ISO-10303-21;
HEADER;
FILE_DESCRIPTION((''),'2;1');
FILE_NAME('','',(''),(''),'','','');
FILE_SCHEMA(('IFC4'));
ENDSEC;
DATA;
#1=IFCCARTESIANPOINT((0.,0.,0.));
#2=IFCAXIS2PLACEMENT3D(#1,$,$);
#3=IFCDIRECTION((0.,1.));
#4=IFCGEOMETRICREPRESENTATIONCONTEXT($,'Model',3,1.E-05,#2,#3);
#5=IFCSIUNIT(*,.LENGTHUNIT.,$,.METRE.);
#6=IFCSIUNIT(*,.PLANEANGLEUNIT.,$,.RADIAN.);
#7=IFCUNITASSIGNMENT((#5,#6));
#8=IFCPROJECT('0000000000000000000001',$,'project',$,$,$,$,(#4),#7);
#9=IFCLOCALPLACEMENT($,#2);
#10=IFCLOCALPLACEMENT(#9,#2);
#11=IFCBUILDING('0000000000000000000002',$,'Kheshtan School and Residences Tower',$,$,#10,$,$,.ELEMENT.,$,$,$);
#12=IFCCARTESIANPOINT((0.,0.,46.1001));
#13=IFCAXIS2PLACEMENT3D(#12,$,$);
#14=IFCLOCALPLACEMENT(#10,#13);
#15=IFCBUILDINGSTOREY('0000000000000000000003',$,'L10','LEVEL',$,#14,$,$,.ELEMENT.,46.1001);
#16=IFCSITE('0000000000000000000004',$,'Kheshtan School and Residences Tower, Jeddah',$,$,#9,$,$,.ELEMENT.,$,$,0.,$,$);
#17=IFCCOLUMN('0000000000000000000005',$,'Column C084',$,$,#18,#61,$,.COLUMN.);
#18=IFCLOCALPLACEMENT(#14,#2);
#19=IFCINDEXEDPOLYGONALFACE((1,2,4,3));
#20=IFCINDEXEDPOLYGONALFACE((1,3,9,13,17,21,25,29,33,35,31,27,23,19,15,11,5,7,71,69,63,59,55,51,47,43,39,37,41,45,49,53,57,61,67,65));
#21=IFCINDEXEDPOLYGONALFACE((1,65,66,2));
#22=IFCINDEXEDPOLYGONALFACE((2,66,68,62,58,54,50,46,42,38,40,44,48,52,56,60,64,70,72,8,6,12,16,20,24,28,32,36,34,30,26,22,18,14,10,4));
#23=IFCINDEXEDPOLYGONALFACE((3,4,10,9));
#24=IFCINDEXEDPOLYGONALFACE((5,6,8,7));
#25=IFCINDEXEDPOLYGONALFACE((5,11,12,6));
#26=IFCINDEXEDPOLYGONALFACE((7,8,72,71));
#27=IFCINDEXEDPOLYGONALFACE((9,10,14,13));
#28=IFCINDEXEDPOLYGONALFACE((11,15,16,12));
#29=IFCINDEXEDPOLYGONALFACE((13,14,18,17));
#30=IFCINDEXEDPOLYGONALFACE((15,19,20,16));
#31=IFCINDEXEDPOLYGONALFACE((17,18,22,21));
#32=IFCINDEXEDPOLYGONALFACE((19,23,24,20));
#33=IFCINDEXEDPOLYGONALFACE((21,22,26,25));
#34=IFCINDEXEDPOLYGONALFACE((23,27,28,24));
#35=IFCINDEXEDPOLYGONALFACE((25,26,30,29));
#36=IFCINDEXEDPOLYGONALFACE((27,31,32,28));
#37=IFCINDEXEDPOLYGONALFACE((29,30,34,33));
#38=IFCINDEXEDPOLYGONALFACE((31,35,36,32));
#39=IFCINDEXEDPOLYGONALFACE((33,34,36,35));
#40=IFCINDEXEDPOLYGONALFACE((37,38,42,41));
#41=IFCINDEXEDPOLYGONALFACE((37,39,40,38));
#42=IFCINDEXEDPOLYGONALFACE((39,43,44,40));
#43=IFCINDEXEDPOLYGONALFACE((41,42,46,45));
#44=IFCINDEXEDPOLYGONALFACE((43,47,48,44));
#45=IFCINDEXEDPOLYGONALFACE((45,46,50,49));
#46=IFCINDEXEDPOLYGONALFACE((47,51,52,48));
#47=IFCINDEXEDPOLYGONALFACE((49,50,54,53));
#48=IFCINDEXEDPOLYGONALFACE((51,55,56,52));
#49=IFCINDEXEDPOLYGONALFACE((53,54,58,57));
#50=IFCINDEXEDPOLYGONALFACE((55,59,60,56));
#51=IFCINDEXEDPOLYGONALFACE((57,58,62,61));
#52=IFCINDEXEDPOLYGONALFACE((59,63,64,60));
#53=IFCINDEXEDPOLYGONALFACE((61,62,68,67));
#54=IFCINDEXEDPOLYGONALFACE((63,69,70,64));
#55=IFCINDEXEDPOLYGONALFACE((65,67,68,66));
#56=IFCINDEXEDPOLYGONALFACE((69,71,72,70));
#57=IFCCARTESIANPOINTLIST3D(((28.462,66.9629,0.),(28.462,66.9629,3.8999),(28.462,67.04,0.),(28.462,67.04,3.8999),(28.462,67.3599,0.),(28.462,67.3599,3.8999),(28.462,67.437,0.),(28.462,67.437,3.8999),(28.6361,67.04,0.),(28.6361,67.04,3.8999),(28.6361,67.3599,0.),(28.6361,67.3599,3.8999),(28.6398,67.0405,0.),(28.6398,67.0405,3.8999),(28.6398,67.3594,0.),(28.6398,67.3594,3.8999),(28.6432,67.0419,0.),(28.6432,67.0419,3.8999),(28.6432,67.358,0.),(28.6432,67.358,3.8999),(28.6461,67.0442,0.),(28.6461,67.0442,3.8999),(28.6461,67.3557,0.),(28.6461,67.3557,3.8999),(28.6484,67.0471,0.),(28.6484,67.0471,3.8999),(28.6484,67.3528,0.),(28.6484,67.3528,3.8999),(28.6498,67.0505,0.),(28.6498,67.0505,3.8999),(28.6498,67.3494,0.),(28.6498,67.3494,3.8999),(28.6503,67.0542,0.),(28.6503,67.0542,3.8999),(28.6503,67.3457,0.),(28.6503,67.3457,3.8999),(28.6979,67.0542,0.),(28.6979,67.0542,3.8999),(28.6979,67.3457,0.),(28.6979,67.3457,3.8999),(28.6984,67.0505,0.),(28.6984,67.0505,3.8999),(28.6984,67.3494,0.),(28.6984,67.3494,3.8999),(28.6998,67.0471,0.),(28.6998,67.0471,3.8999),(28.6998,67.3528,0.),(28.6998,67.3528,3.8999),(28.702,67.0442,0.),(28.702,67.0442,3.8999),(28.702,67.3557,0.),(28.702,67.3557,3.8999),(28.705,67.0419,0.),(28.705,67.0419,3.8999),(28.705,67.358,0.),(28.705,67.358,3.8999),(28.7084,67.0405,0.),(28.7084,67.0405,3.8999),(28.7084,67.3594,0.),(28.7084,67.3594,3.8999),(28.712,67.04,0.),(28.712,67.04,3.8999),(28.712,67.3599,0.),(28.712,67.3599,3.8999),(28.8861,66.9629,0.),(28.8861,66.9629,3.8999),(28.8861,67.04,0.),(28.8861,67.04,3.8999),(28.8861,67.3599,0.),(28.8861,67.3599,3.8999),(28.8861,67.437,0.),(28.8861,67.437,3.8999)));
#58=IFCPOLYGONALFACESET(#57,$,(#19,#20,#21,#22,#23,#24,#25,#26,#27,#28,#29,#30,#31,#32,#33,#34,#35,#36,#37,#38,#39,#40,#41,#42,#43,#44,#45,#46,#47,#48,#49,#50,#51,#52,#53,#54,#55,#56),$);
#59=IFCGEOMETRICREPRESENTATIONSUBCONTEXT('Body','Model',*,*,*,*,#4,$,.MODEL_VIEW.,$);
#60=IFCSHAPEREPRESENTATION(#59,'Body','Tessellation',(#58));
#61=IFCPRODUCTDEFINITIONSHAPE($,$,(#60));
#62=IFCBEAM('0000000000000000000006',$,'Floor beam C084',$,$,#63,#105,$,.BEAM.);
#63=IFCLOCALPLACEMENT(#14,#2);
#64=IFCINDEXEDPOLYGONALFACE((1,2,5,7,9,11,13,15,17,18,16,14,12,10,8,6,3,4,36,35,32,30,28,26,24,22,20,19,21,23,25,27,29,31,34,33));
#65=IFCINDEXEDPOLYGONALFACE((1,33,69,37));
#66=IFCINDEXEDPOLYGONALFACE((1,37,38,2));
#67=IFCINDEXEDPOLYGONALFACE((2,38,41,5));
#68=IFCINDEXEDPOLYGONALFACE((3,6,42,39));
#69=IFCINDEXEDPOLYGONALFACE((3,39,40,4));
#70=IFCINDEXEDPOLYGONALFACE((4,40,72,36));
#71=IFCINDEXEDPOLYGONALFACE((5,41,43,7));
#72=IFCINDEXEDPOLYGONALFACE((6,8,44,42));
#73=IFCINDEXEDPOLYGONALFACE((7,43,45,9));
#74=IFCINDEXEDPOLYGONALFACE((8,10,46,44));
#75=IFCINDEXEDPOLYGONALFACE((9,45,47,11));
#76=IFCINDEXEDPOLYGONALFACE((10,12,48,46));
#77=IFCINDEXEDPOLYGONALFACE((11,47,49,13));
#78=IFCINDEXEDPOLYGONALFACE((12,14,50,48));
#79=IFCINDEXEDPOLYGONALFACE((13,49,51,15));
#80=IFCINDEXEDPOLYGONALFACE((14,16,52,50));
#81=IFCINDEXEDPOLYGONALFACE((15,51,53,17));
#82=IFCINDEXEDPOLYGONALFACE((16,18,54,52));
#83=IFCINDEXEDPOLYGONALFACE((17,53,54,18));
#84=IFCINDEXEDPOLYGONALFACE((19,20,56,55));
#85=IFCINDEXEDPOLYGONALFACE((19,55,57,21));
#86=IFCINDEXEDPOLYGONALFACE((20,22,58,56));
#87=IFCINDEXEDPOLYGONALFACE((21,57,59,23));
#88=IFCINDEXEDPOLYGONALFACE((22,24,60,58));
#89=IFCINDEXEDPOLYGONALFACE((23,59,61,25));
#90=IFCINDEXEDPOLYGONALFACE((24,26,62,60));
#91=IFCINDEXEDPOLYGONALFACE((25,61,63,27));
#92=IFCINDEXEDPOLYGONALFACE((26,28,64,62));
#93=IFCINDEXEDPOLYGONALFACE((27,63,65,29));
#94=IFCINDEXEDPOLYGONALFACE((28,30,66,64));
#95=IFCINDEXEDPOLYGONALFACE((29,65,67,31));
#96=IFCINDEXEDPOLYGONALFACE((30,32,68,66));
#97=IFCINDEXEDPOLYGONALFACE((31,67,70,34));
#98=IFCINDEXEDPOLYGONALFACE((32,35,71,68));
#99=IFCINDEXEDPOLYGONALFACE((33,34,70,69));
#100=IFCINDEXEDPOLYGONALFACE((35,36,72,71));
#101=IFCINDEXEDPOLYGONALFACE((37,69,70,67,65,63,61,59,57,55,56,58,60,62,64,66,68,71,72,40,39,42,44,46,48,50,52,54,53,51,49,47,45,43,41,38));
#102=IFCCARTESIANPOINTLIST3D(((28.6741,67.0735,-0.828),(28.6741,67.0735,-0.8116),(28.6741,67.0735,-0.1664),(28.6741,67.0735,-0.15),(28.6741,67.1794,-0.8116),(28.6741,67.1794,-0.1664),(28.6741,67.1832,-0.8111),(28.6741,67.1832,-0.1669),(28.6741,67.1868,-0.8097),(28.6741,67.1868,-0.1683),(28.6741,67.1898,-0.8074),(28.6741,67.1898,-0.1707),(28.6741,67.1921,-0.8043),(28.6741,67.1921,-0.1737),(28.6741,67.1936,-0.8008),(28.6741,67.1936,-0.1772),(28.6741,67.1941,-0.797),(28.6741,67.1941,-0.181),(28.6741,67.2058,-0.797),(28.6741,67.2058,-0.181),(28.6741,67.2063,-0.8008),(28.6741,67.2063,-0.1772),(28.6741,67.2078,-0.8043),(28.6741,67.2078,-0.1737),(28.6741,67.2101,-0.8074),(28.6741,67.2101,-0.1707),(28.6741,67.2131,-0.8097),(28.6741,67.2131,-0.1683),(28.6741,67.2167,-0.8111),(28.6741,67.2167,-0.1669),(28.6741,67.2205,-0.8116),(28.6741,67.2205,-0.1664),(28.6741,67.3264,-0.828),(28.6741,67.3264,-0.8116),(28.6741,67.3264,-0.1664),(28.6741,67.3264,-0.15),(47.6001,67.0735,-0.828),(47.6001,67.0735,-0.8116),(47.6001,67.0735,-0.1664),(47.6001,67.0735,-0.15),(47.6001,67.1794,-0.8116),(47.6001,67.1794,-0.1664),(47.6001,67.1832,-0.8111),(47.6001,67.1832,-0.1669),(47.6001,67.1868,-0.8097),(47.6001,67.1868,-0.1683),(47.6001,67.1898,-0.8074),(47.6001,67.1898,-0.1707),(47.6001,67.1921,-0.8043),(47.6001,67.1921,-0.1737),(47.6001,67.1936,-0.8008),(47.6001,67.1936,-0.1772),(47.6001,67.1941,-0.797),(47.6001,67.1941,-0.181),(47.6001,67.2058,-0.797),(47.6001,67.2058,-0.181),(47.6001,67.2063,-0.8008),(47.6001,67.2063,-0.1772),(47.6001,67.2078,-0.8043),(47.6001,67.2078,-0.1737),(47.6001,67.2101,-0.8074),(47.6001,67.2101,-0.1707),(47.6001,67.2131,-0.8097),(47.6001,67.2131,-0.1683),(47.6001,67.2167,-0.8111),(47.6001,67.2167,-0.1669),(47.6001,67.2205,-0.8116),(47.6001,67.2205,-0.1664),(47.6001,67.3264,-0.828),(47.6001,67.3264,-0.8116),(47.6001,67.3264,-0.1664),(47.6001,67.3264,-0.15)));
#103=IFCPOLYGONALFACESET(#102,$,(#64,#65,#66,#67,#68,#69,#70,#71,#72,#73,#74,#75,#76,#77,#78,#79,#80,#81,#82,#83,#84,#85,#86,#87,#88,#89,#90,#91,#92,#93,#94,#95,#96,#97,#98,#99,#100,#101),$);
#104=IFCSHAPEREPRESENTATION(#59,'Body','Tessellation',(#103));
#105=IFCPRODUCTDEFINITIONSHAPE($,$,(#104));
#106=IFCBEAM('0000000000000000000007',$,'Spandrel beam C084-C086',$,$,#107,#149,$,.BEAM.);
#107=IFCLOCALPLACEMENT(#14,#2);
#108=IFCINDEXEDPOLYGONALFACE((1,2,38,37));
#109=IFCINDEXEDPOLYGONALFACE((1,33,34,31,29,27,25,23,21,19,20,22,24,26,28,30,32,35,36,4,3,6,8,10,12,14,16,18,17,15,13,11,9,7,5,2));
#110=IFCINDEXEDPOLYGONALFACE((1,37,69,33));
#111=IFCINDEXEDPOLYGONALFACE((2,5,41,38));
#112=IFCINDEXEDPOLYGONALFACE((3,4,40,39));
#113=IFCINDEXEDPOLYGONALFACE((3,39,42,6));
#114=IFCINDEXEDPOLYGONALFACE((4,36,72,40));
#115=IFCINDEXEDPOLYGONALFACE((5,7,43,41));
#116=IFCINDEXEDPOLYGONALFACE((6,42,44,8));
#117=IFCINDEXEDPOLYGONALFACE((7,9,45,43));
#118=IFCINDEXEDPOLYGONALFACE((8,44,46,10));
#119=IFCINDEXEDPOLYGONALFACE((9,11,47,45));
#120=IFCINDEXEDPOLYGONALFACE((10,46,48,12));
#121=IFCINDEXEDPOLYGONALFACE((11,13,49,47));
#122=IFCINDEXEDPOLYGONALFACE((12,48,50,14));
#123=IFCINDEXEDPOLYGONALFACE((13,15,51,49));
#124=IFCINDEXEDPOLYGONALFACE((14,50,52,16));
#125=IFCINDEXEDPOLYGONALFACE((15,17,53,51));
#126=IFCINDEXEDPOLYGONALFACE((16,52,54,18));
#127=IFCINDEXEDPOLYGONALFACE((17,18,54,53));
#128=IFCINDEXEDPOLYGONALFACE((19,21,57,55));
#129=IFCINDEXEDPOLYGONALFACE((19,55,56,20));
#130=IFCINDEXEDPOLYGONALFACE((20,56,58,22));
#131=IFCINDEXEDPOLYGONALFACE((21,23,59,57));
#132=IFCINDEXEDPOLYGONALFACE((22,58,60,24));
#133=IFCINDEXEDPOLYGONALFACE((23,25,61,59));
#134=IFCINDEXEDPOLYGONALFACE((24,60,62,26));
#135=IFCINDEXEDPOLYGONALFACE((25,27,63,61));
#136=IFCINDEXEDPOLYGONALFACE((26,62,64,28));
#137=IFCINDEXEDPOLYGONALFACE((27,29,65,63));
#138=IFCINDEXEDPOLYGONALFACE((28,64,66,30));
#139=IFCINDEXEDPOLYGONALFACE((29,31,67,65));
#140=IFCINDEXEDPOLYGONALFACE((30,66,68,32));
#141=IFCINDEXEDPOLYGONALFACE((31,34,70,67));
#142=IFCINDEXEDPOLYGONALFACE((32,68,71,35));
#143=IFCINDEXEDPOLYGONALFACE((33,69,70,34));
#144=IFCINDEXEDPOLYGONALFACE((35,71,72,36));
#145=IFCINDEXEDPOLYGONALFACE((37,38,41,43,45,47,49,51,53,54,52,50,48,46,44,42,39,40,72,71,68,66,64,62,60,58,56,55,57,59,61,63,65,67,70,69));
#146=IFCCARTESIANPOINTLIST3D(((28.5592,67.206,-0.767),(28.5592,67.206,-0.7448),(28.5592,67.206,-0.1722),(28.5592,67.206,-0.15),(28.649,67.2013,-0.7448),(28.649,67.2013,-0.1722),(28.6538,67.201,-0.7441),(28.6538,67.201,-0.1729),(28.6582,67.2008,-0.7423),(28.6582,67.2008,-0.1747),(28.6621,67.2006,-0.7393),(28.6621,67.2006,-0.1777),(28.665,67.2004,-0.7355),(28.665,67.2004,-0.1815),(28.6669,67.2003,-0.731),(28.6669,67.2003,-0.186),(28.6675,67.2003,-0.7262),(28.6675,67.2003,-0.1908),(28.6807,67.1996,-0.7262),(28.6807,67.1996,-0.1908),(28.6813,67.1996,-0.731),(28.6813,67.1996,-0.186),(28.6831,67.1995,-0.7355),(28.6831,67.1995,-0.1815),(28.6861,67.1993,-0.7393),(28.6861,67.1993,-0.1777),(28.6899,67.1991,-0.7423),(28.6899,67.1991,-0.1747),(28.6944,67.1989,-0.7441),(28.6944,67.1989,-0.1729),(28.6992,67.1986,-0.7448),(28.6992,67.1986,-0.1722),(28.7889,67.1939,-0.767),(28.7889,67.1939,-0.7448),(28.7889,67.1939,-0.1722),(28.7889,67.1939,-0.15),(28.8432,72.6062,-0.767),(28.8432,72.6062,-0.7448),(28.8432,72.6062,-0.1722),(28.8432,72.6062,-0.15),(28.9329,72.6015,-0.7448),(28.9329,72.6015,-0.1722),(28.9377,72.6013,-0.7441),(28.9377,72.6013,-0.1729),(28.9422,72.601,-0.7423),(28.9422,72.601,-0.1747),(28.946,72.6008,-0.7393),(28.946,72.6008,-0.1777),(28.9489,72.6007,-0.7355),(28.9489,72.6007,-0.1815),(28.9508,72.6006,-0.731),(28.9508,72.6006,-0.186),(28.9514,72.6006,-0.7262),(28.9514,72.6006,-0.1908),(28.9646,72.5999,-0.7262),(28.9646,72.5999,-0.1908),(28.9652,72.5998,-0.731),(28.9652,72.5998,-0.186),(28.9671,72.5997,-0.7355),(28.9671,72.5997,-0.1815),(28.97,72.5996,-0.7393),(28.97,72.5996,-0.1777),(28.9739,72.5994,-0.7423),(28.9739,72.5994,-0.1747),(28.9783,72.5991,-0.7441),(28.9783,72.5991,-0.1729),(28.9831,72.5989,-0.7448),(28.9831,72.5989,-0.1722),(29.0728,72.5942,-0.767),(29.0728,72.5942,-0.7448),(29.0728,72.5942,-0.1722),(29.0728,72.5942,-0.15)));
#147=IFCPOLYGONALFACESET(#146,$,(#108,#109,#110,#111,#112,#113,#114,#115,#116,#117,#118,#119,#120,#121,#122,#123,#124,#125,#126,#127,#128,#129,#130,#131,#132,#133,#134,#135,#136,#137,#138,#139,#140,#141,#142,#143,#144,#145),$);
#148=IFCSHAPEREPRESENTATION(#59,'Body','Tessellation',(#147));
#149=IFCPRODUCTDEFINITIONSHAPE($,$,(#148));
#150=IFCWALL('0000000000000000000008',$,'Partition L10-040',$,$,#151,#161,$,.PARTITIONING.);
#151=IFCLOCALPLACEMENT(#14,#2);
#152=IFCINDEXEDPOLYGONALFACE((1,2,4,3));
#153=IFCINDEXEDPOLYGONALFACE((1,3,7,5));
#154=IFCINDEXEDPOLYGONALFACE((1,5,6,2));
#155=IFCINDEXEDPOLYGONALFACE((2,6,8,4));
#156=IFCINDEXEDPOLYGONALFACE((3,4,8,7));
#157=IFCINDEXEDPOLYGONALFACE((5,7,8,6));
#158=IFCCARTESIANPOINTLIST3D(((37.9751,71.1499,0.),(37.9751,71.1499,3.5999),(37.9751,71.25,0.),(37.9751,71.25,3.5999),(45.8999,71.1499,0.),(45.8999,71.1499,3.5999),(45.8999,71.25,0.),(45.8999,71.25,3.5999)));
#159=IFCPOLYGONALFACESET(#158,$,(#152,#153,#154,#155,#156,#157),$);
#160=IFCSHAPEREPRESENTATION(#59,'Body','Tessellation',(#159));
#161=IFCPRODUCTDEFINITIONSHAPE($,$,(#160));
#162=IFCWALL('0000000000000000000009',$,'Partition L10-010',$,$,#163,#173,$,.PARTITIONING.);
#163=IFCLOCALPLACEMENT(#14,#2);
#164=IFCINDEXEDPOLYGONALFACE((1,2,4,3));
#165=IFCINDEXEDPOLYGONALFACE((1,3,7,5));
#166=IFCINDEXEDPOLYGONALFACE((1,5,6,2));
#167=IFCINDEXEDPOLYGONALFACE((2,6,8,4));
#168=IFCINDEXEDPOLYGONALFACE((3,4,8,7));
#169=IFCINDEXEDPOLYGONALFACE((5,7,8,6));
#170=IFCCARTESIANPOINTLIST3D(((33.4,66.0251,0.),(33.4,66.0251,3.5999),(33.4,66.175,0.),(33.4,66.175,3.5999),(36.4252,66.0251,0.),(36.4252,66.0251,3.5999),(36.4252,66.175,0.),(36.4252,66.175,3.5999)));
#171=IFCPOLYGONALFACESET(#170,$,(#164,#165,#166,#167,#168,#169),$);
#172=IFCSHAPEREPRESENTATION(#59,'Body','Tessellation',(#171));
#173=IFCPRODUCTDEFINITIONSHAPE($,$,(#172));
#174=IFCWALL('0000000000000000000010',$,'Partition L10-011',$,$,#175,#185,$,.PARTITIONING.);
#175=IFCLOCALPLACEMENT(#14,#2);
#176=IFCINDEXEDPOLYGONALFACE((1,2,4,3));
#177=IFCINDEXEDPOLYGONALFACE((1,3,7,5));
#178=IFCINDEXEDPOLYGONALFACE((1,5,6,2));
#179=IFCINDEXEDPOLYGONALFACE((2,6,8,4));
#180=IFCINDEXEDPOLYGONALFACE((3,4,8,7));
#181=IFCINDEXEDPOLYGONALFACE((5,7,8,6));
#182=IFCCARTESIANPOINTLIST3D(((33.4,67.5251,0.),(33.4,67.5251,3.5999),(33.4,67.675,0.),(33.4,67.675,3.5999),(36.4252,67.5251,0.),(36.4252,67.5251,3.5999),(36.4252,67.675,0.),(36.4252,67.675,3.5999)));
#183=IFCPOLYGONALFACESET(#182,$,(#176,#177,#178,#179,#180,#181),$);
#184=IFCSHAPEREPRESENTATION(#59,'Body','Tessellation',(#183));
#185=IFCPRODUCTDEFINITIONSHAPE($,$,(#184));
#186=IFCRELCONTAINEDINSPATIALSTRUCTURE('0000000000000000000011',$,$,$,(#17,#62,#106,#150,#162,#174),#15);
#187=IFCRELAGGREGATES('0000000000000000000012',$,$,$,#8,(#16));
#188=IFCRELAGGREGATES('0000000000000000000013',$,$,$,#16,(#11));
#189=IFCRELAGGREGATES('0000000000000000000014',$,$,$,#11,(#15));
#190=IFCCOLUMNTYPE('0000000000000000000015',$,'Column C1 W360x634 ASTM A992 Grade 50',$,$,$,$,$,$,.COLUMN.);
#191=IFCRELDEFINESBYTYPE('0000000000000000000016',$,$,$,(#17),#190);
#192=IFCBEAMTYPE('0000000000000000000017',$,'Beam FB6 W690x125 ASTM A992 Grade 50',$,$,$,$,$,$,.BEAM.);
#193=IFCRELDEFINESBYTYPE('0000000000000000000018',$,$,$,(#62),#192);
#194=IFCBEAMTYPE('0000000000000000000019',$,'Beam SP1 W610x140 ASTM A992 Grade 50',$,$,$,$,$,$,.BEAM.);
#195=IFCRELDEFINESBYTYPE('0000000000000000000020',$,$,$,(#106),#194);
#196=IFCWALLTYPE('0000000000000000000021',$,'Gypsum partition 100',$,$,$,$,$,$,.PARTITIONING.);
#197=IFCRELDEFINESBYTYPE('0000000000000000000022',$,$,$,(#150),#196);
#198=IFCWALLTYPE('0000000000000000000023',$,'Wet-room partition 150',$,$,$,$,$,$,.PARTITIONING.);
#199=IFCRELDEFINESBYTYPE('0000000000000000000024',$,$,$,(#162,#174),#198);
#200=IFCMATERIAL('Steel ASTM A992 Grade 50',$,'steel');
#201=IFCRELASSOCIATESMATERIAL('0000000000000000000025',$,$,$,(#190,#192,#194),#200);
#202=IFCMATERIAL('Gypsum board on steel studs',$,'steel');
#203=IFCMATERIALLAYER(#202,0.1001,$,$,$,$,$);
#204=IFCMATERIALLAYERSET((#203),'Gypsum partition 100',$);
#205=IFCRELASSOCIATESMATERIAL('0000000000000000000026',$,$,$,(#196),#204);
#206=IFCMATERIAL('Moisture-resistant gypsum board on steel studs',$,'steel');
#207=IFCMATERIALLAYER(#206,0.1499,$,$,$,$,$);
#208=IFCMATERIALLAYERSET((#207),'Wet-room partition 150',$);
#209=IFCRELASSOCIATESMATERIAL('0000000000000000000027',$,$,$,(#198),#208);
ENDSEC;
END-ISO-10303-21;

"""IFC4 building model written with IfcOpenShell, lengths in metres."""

from ifc_helpers import new_model, si_unit, direction, frame, frame_2d, origin, origin_2d, place, context, subcontext, project, spatial, rectangle, i_section, extrude, material, layer, layer_set, material_profile, profile_set, type_object, element, save


model = new_model("IFC4")

# Units and contexts
model_context = context("Model", 3, precision=1e-05, world=origin(), true_north=direction((0.0, 1.0)))
body_context = subcontext(model_context, "Body", "Model", "MODEL_VIEW")
ifc_project = project(units=[si_unit("LENGTHUNIT", "METRE"), si_unit("PLANEANGLEUNIT", "RADIAN")], contexts=[model_context])

# Site, building, storey
site_placement = place(None, origin())
site = spatial("IfcSite", under=ifc_project, at=site_placement, Name="Kheshtan School and Residences Tower, Jeddah", CompositionType="ELEMENT", RefElevation=0.0)
building_placement = place(site_placement, origin())
building = spatial("IfcBuilding", under=site, at=building_placement, Name="Kheshtan School and Residences Tower", CompositionType="ELEMENT")
storey_placement = place(building_placement, frame((0.0, 0.0, 46.1001)))
storey = spatial("IfcBuildingStorey", under=building, at=storey_placement, Name="L10", Description="LEVEL", CompositionType="ELEMENT", Elevation=46.1001)

# Column
ifc_material_1 = material(Name="Steel ASTM A992 Grade 50", Category="steel")
ifc_material_profile_1 = material_profile(ifc_material_1, i_section(OverallWidth=0.4241, OverallDepth=0.4741, WebThickness=0.0476, FlangeThickness=0.0771, FilletRadius=0.0142, at=origin_2d()), Name="W360x634")
ifc_profile_set_1 = profile_set([ifc_material_profile_1], Name="Steel ASTM A992 Grade 50")
column_type = type_object("IfcColumnType", Name="Column C1 W360x634 ASTM A992 Grade 50", PredefinedType="COLUMN", material=ifc_profile_set_1)
column_placement = place(storey_placement, frame((28.6741, 67.2, 0.0), z_axis=(0.0, 0.0, 1.0), x_axis=(1.0, 0.0, 0.0)))
element("IfcColumn", 1, at=column_placement, inside=storey, type_object=column_type, Name="Column C084", PredefinedType="COLUMN", context=body_context, shape_type="SweptSolid", body=[
    extrude(i_section(OverallWidth=0.4241, OverallDepth=0.4741, WebThickness=0.0476, FlangeThickness=0.0771, FilletRadius=0.0142, at=origin_2d()), origin(), (0.0, 0.0, 1.0), 3.8999),
])

# Beams
ifc_material_profile_2 = material_profile(ifc_material_1, i_section(OverallWidth=0.2529, OverallDepth=0.678, WebThickness=0.0117, FlangeThickness=0.0164, FilletRadius=0.0146, at=origin_2d()), Name="W690x125")
ifc_profile_set_2 = profile_set([ifc_material_profile_2], Name="Steel ASTM A992 Grade 50")
beam_type_1 = type_object("IfcBeamType", Name="Beam FB6 W690x125 ASTM A992 Grade 50", PredefinedType="BEAM", material=ifc_profile_set_2)
beam_1_placement = place(storey_placement, frame((28.6741, 67.2, -0.489), z_axis=(1.0, 0.0, 0.0), x_axis=(0.0, 1.0, 0.0)))
element("IfcBeam", 2, at=beam_1_placement, inside=storey, type_object=beam_type_1, Name="Floor beam C084", PredefinedType="BEAM", context=body_context, shape_type="SweptSolid", body=[
    extrude(i_section(OverallWidth=0.2529, OverallDepth=0.678, WebThickness=0.0117, FlangeThickness=0.0164, FilletRadius=0.0146, at=origin_2d()), origin(), (0.0, 0.0, 1.0), 18.926),
])
ifc_material_profile_3 = material_profile(ifc_material_1, i_section(OverallWidth=0.23, OverallDepth=0.6169, WebThickness=0.0132, FlangeThickness=0.0222, FilletRadius=0.0186, at=origin_2d()), Name="W610x140")
ifc_profile_set_3 = profile_set([ifc_material_profile_3], Name="Steel ASTM A992 Grade 50")
beam_type_2 = type_object("IfcBeamType", Name="Beam SP1 W610x140 ASTM A992 Grade 50", PredefinedType="BEAM", material=ifc_profile_set_3)
beam_2_placement = place(storey_placement, frame((28.6741, 67.2, -0.4585), z_axis=(0.052507, 0.998621, 0.0), x_axis=(-0.998621, 0.052507, 0.0)))
element("IfcBeam", 3, at=beam_2_placement, inside=storey, type_object=beam_type_2, Name="Spandrel beam C084-C086", PredefinedType="BEAM", context=body_context, shape_type="SweptSolid", body=[
    extrude(i_section(OverallWidth=0.23, OverallDepth=0.6169, WebThickness=0.0132, FlangeThickness=0.0222, FilletRadius=0.0186, at=origin_2d()), origin(), (0.0, 0.0, 1.0), 5.4077),
])

# Walls
ifc_material_2 = material(Name="Gypsum board on steel studs", Category="steel")
ifc_layer_1 = layer(ifc_material_2, 0.1001)
ifc_layer_set_1 = layer_set([ifc_layer_1], Name="Gypsum partition 100")
wall_type_1 = type_object("IfcWallType", Name="Gypsum partition 100", PredefinedType="PARTITIONING", material=ifc_layer_set_1)
wall_1_placement = place(storey_placement, frame((37.9751, 71.2, 0.0), z_axis=(0.0, 0.0, 1.0), x_axis=(1.0, 0.0, 0.0)))
element("IfcWall", 4, at=wall_1_placement, inside=storey, type_object=wall_type_1, Name="Partition L10-040", PredefinedType="PARTITIONING", context=body_context, shape_type="SweptSolid", body=[
    extrude(rectangle(XDim=7.9248, YDim=0.1001, at=frame_2d((3.9624, 0.0))), origin(), (0.0, 0.0, 1.0), 3.5999),
])
ifc_material_3 = material(Name="Moisture-resistant gypsum board on steel studs", Category="steel")
ifc_layer_2 = layer(ifc_material_3, 0.1499)
ifc_layer_set_2 = layer_set([ifc_layer_2], Name="Wet-room partition 150")
wall_type_2 = type_object("IfcWallType", Name="Wet-room partition 150", PredefinedType="PARTITIONING", material=ifc_layer_set_2)
for number, where, z_axis, x_axis, name in (
    (5, (33.3999, 66.1001, 0.0), (0.0, 0.0, 1.0), (1.0, 0.0, 0.0), "Partition L10-010"),
    (6, (33.3999, 67.6001, 0.0), (0.0, 0.0, 1.0), (1.0, 0.0, 0.0), "Partition L10-011"),
):
    element("IfcWall", number, at=place(storey_placement, frame(where, z_axis=z_axis, x_axis=x_axis)), inside=storey, type_object=wall_type_2, Name=name, PredefinedType="PARTITIONING", context=body_context, shape_type="SweptSolid", body=[
        extrude(rectangle(XDim=3.0251, YDim=0.1499, at=frame_2d((1.5127, 0.0))), origin(), (0.0, 0.0, 1.0), 3.5999),
    ])

save(model, "model.ifc")
